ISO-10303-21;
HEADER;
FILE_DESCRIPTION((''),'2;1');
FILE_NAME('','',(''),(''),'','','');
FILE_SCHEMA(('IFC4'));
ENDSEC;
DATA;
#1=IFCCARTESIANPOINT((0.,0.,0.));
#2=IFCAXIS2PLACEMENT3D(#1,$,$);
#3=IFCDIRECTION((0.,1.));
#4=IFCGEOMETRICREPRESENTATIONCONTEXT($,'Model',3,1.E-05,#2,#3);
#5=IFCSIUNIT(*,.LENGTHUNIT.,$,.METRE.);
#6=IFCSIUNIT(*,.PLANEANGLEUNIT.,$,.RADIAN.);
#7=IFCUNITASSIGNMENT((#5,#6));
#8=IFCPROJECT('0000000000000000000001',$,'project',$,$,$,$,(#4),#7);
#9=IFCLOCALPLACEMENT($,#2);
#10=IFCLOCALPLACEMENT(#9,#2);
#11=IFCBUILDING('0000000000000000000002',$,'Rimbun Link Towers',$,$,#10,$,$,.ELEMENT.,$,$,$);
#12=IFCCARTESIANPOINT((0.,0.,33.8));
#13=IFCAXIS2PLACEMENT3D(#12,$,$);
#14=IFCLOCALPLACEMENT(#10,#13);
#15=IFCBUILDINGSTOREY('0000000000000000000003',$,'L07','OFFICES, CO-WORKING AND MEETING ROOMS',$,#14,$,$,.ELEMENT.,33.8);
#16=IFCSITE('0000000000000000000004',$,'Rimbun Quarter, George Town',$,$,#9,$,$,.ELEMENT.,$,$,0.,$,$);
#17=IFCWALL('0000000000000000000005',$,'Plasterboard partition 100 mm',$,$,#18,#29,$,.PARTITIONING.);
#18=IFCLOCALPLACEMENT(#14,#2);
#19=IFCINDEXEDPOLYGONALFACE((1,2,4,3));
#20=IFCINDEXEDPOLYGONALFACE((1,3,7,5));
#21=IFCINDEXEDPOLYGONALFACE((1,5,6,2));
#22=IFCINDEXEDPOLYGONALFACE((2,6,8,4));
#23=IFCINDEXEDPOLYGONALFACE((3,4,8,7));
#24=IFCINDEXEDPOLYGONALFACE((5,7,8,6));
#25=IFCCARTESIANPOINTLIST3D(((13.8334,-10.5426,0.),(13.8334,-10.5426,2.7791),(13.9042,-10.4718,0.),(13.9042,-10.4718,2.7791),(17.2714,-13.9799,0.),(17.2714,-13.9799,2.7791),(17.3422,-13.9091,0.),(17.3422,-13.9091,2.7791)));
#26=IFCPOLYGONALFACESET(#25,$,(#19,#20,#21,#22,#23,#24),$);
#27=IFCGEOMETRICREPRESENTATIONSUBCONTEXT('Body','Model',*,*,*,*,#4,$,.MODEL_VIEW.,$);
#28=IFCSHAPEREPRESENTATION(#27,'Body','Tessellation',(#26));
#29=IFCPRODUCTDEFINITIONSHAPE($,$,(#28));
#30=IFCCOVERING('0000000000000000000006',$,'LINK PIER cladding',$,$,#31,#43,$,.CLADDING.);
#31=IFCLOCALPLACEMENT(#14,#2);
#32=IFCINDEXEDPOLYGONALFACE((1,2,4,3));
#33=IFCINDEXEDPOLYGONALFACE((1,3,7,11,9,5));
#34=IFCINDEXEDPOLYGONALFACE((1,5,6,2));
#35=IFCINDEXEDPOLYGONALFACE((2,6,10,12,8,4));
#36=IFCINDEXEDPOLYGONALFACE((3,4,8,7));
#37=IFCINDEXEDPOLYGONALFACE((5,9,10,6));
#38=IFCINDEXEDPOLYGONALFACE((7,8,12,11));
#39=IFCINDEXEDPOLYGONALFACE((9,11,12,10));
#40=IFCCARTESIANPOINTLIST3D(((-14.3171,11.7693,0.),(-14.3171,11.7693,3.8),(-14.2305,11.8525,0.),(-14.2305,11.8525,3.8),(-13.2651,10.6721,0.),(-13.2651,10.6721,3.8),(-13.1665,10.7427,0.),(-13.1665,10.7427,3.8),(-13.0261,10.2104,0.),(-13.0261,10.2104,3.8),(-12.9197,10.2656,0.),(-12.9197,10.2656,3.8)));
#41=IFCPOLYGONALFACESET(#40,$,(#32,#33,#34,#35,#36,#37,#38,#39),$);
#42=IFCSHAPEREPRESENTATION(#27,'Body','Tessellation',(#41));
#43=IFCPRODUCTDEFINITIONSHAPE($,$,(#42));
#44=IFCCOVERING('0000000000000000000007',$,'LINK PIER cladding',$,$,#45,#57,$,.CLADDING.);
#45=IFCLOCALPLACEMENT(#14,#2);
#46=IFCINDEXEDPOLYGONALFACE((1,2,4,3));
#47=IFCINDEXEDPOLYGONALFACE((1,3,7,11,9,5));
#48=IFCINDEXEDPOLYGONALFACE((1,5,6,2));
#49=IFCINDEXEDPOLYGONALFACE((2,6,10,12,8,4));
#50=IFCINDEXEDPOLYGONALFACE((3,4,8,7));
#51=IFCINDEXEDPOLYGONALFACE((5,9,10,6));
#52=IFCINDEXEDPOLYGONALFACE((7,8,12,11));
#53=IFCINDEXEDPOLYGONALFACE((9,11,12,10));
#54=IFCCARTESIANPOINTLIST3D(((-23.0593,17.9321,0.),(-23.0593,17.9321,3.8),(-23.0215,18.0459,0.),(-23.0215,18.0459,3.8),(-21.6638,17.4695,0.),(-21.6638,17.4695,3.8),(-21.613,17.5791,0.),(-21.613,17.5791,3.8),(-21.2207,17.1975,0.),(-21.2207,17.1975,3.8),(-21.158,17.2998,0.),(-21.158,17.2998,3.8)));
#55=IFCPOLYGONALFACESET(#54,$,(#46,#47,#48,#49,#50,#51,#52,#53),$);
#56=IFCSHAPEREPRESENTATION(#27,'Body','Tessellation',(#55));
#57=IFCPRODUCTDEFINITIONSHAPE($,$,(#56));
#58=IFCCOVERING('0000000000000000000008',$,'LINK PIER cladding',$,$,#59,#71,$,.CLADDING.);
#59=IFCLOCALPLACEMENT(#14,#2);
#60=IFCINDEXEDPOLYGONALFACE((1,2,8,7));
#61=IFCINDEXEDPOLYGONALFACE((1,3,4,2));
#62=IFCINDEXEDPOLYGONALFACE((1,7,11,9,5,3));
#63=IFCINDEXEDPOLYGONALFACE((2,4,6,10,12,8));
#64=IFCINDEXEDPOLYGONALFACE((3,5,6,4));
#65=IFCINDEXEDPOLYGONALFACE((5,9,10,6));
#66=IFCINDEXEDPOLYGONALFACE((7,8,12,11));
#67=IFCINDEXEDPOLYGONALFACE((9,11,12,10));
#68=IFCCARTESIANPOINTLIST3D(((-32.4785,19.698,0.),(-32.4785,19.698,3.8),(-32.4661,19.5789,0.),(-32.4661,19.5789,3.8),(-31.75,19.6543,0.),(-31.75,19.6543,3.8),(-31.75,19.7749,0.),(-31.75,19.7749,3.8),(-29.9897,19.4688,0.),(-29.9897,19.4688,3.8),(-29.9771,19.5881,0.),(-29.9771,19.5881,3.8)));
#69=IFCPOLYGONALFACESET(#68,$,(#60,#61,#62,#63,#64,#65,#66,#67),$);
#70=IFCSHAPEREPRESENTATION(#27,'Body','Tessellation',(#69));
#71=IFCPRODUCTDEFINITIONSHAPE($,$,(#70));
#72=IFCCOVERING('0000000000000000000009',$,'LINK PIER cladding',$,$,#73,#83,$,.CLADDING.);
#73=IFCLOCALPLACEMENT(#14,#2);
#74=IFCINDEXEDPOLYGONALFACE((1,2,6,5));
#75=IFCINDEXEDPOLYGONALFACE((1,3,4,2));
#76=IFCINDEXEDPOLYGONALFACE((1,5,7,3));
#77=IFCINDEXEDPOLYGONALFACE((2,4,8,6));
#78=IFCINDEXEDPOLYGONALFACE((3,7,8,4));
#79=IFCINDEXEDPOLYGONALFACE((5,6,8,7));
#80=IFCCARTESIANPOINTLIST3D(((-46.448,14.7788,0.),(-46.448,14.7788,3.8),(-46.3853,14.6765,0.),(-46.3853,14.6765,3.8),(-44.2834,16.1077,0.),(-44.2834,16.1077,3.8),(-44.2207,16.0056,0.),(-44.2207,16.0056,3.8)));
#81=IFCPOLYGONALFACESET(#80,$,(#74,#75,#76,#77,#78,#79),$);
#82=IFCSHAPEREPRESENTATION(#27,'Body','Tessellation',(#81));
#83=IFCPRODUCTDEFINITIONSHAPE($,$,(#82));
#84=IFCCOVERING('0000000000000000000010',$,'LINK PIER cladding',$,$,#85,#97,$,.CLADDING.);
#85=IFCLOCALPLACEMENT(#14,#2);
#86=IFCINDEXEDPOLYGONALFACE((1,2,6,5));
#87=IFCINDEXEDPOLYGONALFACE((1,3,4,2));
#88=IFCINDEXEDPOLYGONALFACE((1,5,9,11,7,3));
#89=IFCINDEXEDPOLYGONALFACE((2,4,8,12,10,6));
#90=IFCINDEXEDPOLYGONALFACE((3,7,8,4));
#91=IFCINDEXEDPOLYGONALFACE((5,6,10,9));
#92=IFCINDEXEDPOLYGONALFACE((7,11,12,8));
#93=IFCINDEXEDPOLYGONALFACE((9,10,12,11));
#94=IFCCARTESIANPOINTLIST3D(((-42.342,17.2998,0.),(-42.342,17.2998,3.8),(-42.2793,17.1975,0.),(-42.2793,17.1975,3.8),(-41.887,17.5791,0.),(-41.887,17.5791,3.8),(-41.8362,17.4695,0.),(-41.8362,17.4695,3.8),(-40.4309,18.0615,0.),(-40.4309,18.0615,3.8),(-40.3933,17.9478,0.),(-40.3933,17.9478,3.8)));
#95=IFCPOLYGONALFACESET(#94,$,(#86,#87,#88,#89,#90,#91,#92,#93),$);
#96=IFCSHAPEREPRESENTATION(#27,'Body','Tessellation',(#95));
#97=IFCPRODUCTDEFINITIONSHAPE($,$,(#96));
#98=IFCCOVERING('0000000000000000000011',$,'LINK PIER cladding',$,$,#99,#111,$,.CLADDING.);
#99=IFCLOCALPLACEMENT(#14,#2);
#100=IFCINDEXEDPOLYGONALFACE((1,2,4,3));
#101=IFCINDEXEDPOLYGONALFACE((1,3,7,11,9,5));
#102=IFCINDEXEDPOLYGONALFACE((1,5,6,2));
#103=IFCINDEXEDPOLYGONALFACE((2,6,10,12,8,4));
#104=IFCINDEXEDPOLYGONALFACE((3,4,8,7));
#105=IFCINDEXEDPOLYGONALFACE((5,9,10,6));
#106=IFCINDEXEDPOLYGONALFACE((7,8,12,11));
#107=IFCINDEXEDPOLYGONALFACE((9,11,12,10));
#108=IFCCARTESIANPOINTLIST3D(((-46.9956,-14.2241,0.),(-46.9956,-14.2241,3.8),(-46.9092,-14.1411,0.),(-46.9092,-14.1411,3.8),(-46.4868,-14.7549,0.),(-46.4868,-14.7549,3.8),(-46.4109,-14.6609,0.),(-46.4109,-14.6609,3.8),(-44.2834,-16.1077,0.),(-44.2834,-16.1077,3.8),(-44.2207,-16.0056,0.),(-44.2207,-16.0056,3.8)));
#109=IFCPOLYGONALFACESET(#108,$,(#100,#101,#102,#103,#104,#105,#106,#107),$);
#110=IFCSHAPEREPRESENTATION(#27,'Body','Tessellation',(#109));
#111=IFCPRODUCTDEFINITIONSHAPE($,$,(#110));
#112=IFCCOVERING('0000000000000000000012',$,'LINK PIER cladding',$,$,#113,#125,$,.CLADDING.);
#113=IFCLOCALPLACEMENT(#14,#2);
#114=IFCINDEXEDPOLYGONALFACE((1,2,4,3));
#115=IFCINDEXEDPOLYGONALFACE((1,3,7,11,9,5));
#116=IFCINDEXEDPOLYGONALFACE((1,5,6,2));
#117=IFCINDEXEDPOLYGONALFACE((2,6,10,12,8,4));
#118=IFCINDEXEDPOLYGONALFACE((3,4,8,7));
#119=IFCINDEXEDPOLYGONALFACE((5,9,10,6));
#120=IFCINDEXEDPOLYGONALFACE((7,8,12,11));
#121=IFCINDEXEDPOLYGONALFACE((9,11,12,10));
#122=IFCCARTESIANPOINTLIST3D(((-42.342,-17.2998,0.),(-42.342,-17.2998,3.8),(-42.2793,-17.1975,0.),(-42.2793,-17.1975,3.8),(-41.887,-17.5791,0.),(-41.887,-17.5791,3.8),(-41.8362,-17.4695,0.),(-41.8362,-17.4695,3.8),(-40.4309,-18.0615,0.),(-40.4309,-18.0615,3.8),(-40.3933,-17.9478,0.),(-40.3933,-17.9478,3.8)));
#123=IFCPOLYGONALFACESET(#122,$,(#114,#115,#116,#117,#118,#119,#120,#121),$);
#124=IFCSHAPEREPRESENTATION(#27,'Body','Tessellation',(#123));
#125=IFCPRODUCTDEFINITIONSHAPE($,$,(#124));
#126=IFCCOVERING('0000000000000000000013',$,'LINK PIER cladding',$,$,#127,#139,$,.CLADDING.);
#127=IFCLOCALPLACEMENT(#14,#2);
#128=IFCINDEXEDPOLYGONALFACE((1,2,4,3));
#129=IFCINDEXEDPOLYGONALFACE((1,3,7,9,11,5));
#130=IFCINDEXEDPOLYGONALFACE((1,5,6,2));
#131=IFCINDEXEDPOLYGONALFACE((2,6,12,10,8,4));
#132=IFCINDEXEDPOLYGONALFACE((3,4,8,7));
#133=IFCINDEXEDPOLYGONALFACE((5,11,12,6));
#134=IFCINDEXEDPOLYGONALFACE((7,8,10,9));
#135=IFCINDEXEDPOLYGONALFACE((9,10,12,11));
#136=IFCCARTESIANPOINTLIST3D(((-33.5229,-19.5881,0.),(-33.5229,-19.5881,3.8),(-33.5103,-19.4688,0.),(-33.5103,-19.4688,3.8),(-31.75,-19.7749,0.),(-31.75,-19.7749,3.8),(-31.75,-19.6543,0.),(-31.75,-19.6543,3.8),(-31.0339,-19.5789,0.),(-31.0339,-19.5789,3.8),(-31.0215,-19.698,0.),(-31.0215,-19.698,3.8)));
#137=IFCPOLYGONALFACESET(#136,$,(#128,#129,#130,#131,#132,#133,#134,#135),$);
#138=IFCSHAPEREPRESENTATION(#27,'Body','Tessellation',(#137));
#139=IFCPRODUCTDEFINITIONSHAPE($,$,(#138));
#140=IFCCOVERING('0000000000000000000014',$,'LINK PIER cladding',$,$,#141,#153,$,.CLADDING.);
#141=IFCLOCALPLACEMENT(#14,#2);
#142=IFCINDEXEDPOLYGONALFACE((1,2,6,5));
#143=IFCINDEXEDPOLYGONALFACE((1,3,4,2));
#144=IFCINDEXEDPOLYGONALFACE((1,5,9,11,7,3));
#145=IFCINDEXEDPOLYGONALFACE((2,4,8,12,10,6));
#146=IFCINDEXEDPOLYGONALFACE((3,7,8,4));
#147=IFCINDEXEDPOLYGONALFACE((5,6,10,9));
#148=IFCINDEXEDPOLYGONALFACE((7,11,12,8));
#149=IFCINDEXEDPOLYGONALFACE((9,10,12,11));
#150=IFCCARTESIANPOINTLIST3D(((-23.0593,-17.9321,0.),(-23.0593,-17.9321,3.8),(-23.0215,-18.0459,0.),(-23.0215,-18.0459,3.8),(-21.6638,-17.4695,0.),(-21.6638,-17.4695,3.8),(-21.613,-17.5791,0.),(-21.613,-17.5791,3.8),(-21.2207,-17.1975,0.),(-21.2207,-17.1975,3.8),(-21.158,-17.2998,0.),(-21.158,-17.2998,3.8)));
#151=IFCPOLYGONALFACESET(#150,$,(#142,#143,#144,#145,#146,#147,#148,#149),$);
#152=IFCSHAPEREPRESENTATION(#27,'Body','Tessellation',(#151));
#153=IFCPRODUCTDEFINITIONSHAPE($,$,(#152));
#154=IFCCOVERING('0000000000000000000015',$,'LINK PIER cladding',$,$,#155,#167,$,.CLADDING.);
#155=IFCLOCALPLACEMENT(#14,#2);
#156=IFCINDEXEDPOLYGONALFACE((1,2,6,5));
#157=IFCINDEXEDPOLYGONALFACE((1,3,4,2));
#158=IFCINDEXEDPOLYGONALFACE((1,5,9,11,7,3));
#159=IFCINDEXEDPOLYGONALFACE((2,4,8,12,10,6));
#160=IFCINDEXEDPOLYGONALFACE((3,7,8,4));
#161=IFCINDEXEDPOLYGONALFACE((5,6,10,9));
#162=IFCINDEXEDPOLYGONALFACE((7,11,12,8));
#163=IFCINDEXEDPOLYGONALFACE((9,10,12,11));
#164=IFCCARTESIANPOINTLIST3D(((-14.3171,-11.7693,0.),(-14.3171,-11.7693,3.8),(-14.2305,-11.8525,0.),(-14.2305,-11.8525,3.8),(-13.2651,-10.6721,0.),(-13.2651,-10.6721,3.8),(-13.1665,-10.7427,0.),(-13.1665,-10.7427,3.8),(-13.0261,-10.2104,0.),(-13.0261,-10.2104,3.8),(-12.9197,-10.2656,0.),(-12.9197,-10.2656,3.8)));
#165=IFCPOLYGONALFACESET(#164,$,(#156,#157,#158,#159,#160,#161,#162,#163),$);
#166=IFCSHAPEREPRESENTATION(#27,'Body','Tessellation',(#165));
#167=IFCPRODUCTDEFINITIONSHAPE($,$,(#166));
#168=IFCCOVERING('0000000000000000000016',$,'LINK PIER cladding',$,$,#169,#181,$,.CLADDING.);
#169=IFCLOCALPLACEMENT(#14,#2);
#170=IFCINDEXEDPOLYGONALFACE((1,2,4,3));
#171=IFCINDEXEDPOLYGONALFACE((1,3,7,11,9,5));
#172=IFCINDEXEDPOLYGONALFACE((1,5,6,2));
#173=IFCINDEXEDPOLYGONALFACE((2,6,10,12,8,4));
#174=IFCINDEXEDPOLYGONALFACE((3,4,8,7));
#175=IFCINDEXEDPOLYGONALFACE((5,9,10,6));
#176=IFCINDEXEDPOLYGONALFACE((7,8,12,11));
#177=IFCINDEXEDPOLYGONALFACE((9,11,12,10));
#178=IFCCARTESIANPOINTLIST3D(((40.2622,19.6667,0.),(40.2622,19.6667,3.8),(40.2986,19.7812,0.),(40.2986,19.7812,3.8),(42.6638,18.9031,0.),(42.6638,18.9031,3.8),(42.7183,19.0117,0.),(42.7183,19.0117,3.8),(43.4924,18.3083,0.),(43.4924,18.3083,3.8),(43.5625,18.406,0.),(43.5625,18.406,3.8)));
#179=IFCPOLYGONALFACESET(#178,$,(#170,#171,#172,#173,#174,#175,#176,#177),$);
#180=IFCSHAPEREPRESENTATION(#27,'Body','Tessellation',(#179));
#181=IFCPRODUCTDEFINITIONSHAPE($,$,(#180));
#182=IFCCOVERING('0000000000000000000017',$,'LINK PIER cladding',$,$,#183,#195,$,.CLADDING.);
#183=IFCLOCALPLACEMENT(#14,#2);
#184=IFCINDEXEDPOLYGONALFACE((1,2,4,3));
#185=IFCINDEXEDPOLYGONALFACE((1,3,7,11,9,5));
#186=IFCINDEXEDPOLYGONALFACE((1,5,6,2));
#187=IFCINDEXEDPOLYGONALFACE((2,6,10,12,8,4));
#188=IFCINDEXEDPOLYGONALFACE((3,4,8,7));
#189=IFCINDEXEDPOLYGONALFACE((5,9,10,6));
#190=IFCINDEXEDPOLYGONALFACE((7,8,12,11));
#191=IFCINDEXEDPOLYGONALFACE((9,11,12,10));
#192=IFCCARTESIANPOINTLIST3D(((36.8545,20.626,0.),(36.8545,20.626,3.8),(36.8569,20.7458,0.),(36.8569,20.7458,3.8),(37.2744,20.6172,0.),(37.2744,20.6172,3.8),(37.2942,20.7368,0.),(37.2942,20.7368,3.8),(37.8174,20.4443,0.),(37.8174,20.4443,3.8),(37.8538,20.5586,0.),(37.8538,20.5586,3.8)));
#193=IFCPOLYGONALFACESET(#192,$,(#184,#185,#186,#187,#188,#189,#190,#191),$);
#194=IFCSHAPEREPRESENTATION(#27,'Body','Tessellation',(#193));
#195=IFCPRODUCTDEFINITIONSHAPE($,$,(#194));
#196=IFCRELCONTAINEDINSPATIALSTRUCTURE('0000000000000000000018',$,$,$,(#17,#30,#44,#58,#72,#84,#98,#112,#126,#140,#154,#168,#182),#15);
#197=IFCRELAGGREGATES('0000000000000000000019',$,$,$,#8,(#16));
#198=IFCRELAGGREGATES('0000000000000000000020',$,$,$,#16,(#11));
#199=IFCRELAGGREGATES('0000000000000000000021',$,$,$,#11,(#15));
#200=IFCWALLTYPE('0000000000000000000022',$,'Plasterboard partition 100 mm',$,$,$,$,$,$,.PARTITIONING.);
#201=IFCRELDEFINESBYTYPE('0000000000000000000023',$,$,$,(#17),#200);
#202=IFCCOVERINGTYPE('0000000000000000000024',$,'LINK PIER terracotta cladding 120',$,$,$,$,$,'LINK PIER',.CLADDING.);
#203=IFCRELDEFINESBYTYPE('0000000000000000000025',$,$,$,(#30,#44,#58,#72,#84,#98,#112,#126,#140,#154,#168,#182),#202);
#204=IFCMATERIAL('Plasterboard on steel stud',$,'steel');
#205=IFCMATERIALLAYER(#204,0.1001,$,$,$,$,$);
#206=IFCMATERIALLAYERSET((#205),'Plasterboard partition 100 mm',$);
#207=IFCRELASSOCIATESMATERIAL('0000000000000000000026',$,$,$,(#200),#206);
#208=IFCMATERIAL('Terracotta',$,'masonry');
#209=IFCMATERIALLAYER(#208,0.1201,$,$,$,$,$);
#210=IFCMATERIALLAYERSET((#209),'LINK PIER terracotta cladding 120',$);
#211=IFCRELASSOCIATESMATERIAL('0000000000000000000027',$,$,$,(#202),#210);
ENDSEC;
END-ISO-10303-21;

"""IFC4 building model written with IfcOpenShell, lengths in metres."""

from ifc_helpers import new_model, si_unit, direction, frame, frame_2d, origin, place, context, subcontext, project, spatial, polyline, rectangle, outline, extrude, material, layer, layer_set, type_object, element, save


model = new_model("IFC4")

# Units and contexts
model_context = context("Model", 3, precision=1e-05, world=origin(), true_north=direction((0.0, 1.0)))
body_context = subcontext(model_context, "Body", "Model", "MODEL_VIEW")
ifc_project = project(units=[si_unit("LENGTHUNIT", "METRE"), si_unit("PLANEANGLEUNIT", "RADIAN")], contexts=[model_context])

# Site, building, storey
site_placement = place(None, origin())
site = spatial("IfcSite", under=ifc_project, at=site_placement, Name="Rimbun Quarter, George Town", CompositionType="ELEMENT", RefElevation=0.0)
building_placement = place(site_placement, origin())
building = spatial("IfcBuilding", under=site, at=building_placement, Name="Rimbun Link Towers", CompositionType="ELEMENT")
storey_placement = place(building_placement, frame((0.0, 0.0, 33.8)))
storey = spatial("IfcBuildingStorey", under=building, at=storey_placement, Name="L07", Description="OFFICES, CO-WORKING AND MEETING ROOMS", CompositionType="ELEMENT", Elevation=33.8)

# Shared definitions
ifc_material_1 = material(Name="Plasterboard on steel stud", Category="steel")
ifc_layer_1 = layer(ifc_material_1, 0.1001)
ifc_layer_set_1 = layer_set([ifc_layer_1], Name="Plasterboard partition 100 mm")
wall_type = type_object("IfcWallType", Name="Plasterboard partition 100 mm", PredefinedType="PARTITIONING", material=ifc_layer_set_1)

# Wall
wall_1_placement = place(storey_placement, frame((13.8689, -10.5073, 0.0), z_axis=(0.0, 0.0, 1.0), x_axis=(0.707182, -0.707031, 0.0)))
element("IfcWall", 1, at=wall_1_placement, inside=storey, type_object=wall_type, Name="Plasterboard partition 100 mm", PredefinedType="PARTITIONING", context=body_context, shape_type="SweptSolid", body=[
    extrude(rectangle(XDim=4.8616, YDim=0.1001, at=frame_2d((2.4307, 0.0))), origin(), (0.0, 0.0, 1.0), 2.7791),
])

# Coverings
ifc_material_2 = material(Name="Terracotta", Category="masonry")
ifc_layer_2 = layer(ifc_material_2, 0.1201)
ifc_layer_set_2 = layer_set([ifc_layer_2], Name="LINK PIER terracotta cladding 120")
covering_type_1 = type_object("IfcCoveringType", Name="LINK PIER terracotta cladding 120", ElementType="LINK PIER", PredefinedType="CLADDING", material=ifc_layer_set_2)
covering_1_placement = place(storey_placement, origin())
element("IfcCovering", 2, at=covering_1_placement, inside=storey, type_object=covering_type_1, Name="LINK PIER cladding", PredefinedType="CLADDING", context=body_context, shape_type="SweptSolid", body=[
    extrude(outline(polyline([(-14.3171, 11.7693), (-13.2651, 10.6721), (-13.0261, 10.2104), (-12.9197, 10.2656), (-13.1665, 10.7427), (-14.2305, 11.8525), (-14.3171, 11.7693)])), origin(), (0.0, 0.0, 1.0), 3.8),
])
covering_2_placement = place(storey_placement, origin())
element("IfcCovering", 3, at=covering_2_placement, inside=storey, type_object=covering_type_1, Name="LINK PIER cladding", PredefinedType="CLADDING", context=body_context, shape_type="SweptSolid", body=[
    extrude(outline(polyline([(-23.0593, 17.9321), (-21.6638, 17.4695), (-21.2207, 17.1975), (-21.158, 17.2998), (-21.613, 17.5791), (-23.0215, 18.0459), (-23.0593, 17.9321)])), origin(), (0.0, 0.0, 1.0), 3.8),
])
covering_3_placement = place(storey_placement, origin())
element("IfcCovering", 4, at=covering_3_placement, inside=storey, type_object=covering_type_1, Name="LINK PIER cladding", PredefinedType="CLADDING", context=body_context, shape_type="SweptSolid", body=[
    extrude(outline(polyline([(-32.4661, 19.5789), (-31.75, 19.6543), (-29.9897, 19.4688), (-29.9771, 19.5881), (-31.75, 19.7749), (-32.4785, 19.698), (-32.4661, 19.5789)])), origin(), (0.0, 0.0, 1.0), 3.8),
])
covering_4_placement = place(storey_placement, origin())
element("IfcCovering", 5, at=covering_4_placement, inside=storey, type_object=covering_type_1, Name="LINK PIER cladding", PredefinedType="CLADDING", context=body_context, shape_type="SweptSolid", body=[
    extrude(outline(polyline([(-46.3853, 14.6765), (-44.2207, 16.0056), (-44.2834, 16.1077), (-46.448, 14.7788), (-46.3853, 14.6765)])), origin(), (0.0, 0.0, 1.0), 3.8),
])
covering_5_placement = place(storey_placement, origin())
element("IfcCovering", 6, at=covering_5_placement, inside=storey, type_object=covering_type_1, Name="LINK PIER cladding", PredefinedType="CLADDING", context=body_context, shape_type="SweptSolid", body=[
    extrude(outline(polyline([(-42.2793, 17.1975), (-41.8362, 17.4695), (-40.3933, 17.9478), (-40.4309, 18.0615), (-41.887, 17.5791), (-42.342, 17.2998), (-42.2793, 17.1975)])), origin(), (0.0, 0.0, 1.0), 3.8),
])
covering_6_placement = place(storey_placement, origin())
element("IfcCovering", 7, at=covering_6_placement, inside=storey, type_object=covering_type_1, Name="LINK PIER cladding", PredefinedType="CLADDING", context=body_context, shape_type="SweptSolid", body=[
    extrude(outline(polyline([(-44.2207, -16.0056), (-46.4109, -14.6609), (-46.9092, -14.1411), (-46.9956, -14.2241), (-46.4868, -14.7549), (-44.2834, -16.1077), (-44.2207, -16.0056)])), origin(), (0.0, 0.0, 1.0), 3.8),
])
covering_7_placement = place(storey_placement, origin())
element("IfcCovering", 8, at=covering_7_placement, inside=storey, type_object=covering_type_1, Name="LINK PIER cladding", PredefinedType="CLADDING", context=body_context, shape_type="SweptSolid", body=[
    extrude(outline(polyline([(-40.3933, -17.9478), (-41.8362, -17.4695), (-42.2793, -17.1975), (-42.342, -17.2998), (-41.887, -17.5791), (-40.4309, -18.0615), (-40.3933, -17.9478)])), origin(), (0.0, 0.0, 1.0), 3.8),
])
covering_8_placement = place(storey_placement, origin())
element("IfcCovering", 9, at=covering_8_placement, inside=storey, type_object=covering_type_1, Name="LINK PIER cladding", PredefinedType="CLADDING", context=body_context, shape_type="SweptSolid", body=[
    extrude(outline(polyline([(-31.0339, -19.5789), (-31.75, -19.6543), (-33.5103, -19.4688), (-33.5229, -19.5881), (-31.75, -19.7749), (-31.0215, -19.698), (-31.0339, -19.5789)])), origin(), (0.0, 0.0, 1.0), 3.8),
])
covering_9_placement = place(storey_placement, origin())
element("IfcCovering", 10, at=covering_9_placement, inside=storey, type_object=covering_type_1, Name="LINK PIER cladding", PredefinedType="CLADDING", context=body_context, shape_type="SweptSolid", body=[
    extrude(outline(polyline([(-21.2207, -17.1975), (-21.6638, -17.4695), (-23.0593, -17.9321), (-23.0215, -18.0459), (-21.613, -17.5791), (-21.158, -17.2998), (-21.2207, -17.1975)])), origin(), (0.0, 0.0, 1.0), 3.8),
])
covering_10_placement = place(storey_placement, origin())
element("IfcCovering", 11, at=covering_10_placement, inside=storey, type_object=covering_type_1, Name="LINK PIER cladding", PredefinedType="CLADDING", context=body_context, shape_type="SweptSolid", body=[
    extrude(outline(polyline([(-13.0261, -10.2104), (-13.2651, -10.6721), (-14.3171, -11.7693), (-14.2305, -11.8525), (-13.1665, -10.7427), (-12.9197, -10.2656), (-13.0261, -10.2104)])), origin(), (0.0, 0.0, 1.0), 3.8),
])
covering_11_placement = place(storey_placement, origin())
element("IfcCovering", 12, at=covering_11_placement, inside=storey, type_object=covering_type_1, Name="LINK PIER cladding", PredefinedType="CLADDING", context=body_context, shape_type="SweptSolid", body=[
    extrude(outline(polyline([(40.2622, 19.6667), (42.6638, 18.9031), (43.4924, 18.3083), (43.5625, 18.406), (42.7183, 19.0117), (40.2986, 19.7812), (40.2622, 19.6667)])), origin(), (0.0, 0.0, 1.0), 3.8),
])
covering_12_placement = place(storey_placement, origin())
element("IfcCovering", 13, at=covering_12_placement, inside=storey, type_object=covering_type_1, Name="LINK PIER cladding", PredefinedType="CLADDING", context=body_context, shape_type="SweptSolid", body=[
    extrude(outline(polyline([(36.8545, 20.626), (37.2744, 20.6172), (37.8174, 20.4443), (37.8538, 20.5586), (37.2942, 20.7368), (36.8569, 20.7458), (36.8545, 20.626)])), origin(), (0.0, 0.0, 1.0), 3.8),
])

save(model, "model.ifc")
